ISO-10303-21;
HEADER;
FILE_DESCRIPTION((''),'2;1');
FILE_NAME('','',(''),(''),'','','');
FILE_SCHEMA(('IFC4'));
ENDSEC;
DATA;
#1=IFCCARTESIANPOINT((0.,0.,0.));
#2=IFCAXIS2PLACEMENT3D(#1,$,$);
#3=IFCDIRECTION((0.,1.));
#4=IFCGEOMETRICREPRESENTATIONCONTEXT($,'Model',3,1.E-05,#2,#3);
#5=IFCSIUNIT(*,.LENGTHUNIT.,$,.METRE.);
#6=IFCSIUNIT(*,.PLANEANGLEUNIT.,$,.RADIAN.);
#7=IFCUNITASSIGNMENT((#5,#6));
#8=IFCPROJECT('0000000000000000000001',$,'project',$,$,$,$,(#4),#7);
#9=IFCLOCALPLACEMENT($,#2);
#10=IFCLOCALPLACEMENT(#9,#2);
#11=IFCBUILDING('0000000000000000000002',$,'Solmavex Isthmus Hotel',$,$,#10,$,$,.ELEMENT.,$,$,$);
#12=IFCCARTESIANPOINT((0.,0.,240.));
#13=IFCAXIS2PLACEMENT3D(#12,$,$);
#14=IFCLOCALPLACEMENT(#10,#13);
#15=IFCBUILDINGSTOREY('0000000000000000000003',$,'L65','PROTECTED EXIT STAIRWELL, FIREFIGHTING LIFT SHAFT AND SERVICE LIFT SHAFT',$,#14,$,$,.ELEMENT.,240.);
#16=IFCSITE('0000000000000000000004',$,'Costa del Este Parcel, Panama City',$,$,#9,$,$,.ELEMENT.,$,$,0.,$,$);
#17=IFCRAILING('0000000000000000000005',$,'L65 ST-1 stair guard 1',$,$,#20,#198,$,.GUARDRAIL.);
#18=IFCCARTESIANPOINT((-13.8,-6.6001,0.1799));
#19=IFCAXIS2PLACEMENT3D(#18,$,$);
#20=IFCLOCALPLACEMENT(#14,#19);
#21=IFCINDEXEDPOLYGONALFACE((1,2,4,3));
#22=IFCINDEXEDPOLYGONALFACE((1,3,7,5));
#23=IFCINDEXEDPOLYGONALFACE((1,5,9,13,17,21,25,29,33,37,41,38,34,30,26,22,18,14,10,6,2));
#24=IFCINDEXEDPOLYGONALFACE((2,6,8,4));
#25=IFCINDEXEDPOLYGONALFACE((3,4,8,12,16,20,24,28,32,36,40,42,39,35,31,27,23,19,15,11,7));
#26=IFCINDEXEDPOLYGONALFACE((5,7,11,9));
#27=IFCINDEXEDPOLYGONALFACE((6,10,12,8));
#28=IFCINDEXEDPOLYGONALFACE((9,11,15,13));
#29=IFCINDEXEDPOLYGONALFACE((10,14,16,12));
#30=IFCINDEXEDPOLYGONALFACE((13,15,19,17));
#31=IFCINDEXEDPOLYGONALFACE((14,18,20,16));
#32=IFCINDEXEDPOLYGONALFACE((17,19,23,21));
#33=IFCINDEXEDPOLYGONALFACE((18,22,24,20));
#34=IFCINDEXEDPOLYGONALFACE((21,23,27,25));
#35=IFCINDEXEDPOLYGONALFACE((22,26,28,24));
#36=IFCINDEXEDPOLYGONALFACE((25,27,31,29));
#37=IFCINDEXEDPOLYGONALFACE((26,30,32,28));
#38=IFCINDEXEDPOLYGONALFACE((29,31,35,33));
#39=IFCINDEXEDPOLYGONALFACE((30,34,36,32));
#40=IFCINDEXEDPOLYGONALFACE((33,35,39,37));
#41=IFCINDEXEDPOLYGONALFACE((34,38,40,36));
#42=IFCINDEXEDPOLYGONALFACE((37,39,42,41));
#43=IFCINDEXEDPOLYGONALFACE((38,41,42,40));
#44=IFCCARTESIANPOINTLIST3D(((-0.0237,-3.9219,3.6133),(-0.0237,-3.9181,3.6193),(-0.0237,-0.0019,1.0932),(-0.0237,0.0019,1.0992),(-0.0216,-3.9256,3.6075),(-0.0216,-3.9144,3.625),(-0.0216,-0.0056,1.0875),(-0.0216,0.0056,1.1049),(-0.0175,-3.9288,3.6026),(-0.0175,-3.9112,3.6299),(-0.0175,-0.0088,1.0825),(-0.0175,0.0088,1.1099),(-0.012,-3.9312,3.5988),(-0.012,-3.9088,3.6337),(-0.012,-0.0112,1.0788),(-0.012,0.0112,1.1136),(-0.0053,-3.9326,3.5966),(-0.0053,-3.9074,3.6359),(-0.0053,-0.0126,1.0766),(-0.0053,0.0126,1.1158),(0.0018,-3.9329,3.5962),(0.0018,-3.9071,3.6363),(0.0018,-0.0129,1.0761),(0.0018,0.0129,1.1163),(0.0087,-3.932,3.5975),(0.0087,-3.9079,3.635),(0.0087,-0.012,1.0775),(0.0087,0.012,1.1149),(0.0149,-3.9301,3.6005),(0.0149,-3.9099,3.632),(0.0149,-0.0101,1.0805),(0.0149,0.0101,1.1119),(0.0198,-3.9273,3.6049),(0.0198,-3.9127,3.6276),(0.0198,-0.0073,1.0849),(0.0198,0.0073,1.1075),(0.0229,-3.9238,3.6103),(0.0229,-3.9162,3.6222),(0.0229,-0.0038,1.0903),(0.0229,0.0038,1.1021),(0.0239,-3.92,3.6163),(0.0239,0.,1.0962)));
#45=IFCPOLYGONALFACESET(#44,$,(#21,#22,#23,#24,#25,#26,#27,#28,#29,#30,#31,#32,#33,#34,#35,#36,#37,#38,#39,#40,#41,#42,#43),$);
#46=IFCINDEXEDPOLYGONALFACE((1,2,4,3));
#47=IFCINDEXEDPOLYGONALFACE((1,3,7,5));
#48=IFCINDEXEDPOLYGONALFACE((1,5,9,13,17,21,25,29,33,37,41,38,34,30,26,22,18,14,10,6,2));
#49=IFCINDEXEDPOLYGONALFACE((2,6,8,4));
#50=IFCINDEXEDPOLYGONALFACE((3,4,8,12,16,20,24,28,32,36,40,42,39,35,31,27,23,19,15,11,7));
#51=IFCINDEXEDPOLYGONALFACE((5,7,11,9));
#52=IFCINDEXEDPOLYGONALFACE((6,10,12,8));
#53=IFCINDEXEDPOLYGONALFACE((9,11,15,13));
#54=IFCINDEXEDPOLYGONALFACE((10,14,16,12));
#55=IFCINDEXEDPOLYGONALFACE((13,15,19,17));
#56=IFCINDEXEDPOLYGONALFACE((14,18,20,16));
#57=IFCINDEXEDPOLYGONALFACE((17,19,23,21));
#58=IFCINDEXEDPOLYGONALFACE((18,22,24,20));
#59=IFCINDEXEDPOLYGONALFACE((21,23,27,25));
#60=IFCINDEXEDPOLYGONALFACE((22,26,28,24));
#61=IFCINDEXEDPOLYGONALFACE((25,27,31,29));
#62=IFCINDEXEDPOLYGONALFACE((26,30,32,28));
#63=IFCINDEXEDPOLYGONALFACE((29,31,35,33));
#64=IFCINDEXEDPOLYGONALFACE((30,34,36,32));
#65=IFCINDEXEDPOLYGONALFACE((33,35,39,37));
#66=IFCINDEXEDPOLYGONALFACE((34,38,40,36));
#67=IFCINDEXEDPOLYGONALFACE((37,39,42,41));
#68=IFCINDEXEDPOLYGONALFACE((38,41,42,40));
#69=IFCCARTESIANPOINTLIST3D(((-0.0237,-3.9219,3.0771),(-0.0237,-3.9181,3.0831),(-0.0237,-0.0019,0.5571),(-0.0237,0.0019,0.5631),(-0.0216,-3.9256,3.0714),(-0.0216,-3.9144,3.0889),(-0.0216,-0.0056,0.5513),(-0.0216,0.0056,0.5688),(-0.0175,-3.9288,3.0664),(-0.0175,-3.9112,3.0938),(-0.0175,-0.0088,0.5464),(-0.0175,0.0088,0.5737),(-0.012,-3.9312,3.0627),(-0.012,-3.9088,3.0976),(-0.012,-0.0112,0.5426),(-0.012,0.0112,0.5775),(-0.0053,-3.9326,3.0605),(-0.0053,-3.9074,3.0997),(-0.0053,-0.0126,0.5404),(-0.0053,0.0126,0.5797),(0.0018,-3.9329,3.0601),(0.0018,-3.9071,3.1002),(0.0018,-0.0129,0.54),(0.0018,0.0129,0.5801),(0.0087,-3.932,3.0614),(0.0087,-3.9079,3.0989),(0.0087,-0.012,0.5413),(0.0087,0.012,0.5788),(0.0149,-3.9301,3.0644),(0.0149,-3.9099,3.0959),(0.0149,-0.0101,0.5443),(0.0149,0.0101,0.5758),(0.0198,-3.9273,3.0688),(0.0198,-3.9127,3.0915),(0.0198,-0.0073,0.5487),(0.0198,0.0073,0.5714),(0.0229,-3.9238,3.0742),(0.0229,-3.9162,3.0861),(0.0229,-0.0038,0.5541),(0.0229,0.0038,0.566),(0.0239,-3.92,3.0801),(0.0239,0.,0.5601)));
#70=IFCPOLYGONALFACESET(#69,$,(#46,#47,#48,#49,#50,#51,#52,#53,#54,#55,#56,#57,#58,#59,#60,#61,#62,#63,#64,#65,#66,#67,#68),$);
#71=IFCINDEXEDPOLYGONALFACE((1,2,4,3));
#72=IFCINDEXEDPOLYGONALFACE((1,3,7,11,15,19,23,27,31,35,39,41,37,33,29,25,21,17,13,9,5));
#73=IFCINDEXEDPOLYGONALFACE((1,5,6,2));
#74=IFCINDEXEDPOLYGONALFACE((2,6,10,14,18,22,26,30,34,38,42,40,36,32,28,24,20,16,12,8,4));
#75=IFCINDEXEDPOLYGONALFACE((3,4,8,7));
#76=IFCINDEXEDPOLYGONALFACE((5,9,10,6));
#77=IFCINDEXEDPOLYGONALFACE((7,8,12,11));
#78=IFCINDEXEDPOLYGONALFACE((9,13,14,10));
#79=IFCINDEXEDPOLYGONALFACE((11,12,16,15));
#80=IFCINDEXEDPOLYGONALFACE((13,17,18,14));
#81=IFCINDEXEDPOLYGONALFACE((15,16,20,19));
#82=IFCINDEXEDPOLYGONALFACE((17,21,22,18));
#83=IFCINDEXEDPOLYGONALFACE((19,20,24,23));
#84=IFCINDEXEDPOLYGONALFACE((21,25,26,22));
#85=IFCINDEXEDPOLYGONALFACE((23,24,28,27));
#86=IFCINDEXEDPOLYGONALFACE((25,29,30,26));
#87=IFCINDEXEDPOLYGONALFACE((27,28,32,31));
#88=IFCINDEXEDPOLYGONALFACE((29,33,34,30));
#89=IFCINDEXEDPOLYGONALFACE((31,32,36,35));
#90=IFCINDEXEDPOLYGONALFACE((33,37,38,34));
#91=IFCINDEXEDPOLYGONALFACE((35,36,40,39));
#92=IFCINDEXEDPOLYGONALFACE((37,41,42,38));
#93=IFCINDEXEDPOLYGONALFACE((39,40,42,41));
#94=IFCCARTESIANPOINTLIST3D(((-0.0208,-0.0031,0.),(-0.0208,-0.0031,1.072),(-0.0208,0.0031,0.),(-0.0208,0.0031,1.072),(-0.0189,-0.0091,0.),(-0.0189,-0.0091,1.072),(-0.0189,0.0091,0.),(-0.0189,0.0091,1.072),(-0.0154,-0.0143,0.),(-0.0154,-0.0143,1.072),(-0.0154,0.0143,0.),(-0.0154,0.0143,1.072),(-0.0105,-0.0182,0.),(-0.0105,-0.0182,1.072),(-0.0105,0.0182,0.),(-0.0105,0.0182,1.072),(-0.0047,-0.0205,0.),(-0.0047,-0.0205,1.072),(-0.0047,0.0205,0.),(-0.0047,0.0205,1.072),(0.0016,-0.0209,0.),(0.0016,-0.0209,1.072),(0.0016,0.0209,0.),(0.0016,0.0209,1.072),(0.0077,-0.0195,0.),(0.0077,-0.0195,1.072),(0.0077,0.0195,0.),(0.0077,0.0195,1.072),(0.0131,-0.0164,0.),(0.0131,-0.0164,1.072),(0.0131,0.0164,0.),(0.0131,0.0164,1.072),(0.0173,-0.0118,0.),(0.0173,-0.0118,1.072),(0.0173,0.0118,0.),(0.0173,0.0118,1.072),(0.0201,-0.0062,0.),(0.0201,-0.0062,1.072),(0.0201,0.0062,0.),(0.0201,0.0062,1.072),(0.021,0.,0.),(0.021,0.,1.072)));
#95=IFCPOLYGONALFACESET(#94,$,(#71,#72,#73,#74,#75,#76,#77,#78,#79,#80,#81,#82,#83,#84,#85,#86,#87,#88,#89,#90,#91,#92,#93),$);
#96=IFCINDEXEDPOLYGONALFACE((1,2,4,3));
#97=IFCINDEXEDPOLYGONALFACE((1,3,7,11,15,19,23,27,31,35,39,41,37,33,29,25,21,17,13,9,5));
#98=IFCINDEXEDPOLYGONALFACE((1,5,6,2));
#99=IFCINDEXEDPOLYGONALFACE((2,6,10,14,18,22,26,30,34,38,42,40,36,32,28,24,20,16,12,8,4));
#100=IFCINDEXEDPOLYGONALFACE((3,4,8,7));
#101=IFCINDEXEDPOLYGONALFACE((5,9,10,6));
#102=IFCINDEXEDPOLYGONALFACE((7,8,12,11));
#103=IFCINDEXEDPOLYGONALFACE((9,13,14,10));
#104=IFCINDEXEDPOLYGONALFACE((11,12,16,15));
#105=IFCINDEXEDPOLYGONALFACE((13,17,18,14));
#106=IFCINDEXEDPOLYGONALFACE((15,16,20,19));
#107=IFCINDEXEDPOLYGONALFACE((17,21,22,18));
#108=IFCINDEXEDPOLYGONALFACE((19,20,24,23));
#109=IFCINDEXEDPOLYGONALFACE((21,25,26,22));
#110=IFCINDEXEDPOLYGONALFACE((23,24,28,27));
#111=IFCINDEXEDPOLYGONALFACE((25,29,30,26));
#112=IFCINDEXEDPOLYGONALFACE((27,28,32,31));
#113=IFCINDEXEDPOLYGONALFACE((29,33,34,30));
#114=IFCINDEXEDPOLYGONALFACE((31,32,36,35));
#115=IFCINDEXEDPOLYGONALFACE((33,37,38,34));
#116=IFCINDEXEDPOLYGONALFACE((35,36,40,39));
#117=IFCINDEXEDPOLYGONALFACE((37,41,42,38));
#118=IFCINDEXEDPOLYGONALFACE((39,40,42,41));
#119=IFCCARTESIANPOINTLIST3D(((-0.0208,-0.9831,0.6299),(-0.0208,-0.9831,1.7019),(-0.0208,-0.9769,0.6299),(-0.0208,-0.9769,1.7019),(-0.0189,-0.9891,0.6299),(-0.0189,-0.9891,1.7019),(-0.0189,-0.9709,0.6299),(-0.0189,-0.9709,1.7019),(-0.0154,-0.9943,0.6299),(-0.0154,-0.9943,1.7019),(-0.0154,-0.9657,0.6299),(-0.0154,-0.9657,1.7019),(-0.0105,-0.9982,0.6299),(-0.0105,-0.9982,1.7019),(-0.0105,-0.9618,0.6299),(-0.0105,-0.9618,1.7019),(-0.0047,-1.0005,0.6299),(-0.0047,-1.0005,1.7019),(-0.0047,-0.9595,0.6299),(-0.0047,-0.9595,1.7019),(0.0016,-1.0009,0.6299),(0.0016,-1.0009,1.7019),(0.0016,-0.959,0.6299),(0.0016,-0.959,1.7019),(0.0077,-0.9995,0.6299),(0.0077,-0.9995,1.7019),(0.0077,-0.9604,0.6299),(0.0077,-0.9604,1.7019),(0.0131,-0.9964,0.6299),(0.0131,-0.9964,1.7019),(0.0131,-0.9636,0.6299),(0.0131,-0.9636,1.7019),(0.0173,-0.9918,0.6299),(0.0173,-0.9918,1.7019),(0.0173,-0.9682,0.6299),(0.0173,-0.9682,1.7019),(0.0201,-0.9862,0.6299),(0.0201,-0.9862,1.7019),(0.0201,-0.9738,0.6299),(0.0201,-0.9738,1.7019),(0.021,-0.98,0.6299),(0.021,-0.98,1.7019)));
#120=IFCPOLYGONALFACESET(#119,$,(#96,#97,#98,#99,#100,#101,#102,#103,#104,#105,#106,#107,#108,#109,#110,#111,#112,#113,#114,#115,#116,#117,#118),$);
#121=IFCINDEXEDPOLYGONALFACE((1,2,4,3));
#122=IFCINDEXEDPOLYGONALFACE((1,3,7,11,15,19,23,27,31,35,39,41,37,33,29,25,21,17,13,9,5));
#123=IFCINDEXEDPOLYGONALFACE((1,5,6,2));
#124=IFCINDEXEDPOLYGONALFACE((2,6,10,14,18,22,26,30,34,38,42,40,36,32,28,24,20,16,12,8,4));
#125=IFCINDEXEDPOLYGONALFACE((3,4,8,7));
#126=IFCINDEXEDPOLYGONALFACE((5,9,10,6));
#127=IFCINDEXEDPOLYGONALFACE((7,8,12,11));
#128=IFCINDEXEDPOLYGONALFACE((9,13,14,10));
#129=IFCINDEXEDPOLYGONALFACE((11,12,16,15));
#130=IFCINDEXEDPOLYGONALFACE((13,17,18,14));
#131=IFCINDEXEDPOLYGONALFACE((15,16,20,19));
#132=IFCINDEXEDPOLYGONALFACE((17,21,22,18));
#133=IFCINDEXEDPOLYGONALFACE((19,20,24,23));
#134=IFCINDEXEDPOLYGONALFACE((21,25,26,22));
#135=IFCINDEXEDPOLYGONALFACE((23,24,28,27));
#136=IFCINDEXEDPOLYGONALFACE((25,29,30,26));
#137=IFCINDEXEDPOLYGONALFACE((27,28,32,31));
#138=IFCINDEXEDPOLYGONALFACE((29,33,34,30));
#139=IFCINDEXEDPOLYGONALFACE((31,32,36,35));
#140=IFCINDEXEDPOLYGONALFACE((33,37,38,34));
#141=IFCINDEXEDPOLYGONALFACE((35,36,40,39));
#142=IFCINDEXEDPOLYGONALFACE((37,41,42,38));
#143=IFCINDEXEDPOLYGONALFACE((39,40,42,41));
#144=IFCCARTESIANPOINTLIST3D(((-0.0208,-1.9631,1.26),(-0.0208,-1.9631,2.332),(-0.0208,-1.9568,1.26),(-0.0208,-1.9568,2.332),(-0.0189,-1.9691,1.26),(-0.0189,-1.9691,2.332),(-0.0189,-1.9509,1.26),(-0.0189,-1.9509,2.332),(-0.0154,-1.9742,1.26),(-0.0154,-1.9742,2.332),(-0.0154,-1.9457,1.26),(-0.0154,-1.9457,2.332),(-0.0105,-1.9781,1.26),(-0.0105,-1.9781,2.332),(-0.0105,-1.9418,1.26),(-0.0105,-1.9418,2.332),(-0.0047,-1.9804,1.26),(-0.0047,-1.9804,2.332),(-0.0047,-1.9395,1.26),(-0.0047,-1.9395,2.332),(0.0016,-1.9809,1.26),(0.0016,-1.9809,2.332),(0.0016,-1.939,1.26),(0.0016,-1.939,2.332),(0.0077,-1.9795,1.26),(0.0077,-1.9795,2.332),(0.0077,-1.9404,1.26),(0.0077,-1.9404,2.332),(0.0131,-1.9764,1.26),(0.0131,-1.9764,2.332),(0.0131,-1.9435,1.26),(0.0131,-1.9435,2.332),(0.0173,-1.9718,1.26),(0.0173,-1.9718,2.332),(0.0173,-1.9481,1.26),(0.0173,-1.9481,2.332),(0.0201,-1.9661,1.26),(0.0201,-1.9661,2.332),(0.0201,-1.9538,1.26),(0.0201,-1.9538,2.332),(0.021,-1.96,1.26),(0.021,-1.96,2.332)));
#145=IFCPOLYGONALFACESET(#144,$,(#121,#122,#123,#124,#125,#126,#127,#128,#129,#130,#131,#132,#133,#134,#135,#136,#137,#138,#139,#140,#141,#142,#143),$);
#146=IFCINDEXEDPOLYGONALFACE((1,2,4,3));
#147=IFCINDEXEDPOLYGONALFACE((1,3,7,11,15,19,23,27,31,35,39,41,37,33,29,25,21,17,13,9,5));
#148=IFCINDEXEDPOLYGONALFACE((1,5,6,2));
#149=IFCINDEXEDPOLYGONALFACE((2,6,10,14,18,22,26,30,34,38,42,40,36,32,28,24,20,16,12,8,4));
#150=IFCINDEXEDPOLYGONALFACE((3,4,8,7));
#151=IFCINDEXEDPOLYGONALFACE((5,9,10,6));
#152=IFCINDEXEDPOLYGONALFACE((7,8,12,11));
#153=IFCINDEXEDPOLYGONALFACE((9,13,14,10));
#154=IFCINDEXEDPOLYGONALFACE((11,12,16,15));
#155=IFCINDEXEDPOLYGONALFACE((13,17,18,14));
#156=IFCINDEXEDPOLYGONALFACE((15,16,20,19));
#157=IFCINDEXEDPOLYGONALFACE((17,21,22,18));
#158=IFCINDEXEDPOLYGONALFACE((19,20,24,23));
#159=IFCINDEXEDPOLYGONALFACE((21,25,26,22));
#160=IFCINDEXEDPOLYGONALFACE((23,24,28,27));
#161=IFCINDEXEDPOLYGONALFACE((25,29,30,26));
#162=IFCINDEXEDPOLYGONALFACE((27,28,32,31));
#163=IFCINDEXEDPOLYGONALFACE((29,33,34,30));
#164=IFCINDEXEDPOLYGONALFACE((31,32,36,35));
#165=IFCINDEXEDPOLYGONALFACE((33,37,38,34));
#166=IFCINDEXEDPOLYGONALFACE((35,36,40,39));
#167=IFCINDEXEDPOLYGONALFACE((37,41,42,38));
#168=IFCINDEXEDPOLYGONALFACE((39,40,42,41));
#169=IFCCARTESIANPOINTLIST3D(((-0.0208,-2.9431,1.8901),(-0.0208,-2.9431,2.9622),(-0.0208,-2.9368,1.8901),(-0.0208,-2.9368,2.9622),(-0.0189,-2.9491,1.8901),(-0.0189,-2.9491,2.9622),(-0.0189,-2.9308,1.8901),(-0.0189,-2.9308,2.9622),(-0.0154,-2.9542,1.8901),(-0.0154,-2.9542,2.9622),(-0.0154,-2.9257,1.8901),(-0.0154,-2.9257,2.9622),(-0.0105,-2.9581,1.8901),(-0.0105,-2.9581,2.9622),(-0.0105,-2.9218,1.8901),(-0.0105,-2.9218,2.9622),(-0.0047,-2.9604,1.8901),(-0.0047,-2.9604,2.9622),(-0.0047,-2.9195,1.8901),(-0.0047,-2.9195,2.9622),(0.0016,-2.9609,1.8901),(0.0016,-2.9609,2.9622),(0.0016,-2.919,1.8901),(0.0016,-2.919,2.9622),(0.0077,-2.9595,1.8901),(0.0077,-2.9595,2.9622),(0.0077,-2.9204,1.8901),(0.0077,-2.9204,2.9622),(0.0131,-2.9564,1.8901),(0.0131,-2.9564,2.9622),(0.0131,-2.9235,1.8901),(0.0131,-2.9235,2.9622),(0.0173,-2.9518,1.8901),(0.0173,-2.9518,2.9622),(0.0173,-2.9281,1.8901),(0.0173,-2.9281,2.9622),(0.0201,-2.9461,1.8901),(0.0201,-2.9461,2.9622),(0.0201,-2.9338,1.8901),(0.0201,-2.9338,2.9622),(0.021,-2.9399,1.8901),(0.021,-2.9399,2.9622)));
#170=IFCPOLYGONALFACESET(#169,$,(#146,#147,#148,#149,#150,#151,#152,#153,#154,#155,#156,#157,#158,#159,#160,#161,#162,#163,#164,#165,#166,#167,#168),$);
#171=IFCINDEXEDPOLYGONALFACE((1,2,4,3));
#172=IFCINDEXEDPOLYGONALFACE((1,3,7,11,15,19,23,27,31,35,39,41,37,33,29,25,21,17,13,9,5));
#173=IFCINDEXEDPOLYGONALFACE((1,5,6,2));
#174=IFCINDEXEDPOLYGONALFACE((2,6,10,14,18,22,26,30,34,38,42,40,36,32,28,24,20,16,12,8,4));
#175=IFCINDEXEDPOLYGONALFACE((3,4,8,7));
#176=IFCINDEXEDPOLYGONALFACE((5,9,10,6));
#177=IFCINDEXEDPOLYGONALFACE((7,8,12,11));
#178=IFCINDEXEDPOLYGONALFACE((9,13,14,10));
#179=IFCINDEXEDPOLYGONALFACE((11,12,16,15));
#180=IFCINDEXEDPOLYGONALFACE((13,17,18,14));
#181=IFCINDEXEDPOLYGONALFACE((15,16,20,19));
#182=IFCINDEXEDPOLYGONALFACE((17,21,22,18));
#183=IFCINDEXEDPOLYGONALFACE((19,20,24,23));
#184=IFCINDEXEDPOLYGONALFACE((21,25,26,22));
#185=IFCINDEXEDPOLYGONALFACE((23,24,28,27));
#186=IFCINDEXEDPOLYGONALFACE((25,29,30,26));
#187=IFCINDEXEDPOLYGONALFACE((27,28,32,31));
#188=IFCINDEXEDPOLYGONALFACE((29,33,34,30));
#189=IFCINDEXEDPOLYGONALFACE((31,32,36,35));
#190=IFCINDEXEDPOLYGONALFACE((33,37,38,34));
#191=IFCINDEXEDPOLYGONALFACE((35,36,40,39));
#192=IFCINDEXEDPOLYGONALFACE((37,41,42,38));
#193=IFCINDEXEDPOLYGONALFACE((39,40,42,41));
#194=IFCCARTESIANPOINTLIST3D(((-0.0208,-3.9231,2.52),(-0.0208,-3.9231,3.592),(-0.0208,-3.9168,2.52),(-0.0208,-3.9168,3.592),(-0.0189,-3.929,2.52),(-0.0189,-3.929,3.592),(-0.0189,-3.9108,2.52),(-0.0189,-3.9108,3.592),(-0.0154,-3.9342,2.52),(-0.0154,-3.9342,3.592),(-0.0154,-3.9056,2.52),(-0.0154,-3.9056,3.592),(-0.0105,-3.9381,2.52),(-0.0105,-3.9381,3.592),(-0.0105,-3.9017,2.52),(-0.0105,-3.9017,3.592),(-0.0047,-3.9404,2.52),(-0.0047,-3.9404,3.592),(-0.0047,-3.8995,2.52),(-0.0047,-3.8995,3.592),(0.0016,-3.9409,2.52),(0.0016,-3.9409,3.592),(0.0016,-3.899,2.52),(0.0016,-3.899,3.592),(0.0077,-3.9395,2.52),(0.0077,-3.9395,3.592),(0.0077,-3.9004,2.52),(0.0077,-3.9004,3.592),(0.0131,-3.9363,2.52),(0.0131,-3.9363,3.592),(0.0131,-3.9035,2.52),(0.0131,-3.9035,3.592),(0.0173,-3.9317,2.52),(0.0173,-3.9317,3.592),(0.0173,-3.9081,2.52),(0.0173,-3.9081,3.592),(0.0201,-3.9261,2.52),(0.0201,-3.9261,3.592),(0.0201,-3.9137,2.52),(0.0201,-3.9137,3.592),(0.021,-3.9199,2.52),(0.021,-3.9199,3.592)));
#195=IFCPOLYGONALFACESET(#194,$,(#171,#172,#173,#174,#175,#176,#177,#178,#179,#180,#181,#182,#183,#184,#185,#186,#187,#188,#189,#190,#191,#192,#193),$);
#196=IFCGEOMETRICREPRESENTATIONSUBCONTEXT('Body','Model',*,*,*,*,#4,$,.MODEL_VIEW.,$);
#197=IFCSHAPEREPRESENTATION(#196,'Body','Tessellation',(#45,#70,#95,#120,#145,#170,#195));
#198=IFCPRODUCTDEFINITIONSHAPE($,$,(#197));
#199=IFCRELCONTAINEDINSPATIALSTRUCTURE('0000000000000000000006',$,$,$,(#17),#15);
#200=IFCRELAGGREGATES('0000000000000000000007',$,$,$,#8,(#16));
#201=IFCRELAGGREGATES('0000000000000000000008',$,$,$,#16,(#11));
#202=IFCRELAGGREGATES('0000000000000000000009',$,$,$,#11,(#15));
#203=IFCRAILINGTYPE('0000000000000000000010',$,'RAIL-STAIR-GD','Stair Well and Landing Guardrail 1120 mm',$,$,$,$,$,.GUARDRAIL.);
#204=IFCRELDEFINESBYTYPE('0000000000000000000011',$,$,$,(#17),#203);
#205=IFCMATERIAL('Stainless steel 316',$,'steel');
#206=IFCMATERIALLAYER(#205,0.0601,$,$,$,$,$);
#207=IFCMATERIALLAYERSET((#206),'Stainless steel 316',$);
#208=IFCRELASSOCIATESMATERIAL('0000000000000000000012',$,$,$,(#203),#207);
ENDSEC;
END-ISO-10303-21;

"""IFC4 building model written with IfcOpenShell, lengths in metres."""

from ifc_helpers import new_model, si_unit, direction, frame, origin, origin_2d, place, context, subcontext, project, spatial, circle, extrude, material, layer, layer_set, type_object, element, save


model = new_model("IFC4")

# Units and contexts
model_context = context("Model", 3, precision=1e-05, world=origin(), true_north=direction((0.0, 1.0)))
body_context = subcontext(model_context, "Body", "Model", "MODEL_VIEW")
ifc_project = project(units=[si_unit("LENGTHUNIT", "METRE"), si_unit("PLANEANGLEUNIT", "RADIAN")], contexts=[model_context])

# Site, building, storey
site_placement = place(None, origin())
site = spatial("IfcSite", under=ifc_project, at=site_placement, Name="Costa del Este Parcel, Panama City", CompositionType="ELEMENT", RefElevation=0.0)
building_placement = place(site_placement, origin())
building = spatial("IfcBuilding", under=site, at=building_placement, Name="Solmavex Isthmus Hotel", CompositionType="ELEMENT")
storey_placement = place(building_placement, frame((0.0, 0.0, 240.0)))
storey = spatial("IfcBuildingStorey", under=building, at=storey_placement, Name="L65", Description="PROTECTED EXIT STAIRWELL, FIREFIGHTING LIFT SHAFT AND SERVICE LIFT SHAFT", CompositionType="ELEMENT", Elevation=240.0)

# Railing
ifc_material_1 = material(Name="Stainless steel 316", Category="steel")
ifc_layer_1 = layer(ifc_material_1, 0.0601)
ifc_layer_set_1 = layer_set([ifc_layer_1], Name="Stainless steel 316")
railing_type_1 = type_object("IfcRailingType", Name="RAIL-STAIR-GD", Description="Stair Well and Landing Guardrail 1120 mm", PredefinedType="GUARDRAIL", material=ifc_layer_set_1)
railing_1_placement = place(storey_placement, frame((-13.8, -6.6001, 0.1799)))
element("IfcRailing", 1, at=railing_1_placement, inside=storey, type_object=railing_type_1, Name="L65 ST-1 stair guard 1", PredefinedType="GUARDRAIL", context=body_context, shape_type="SweptSolid", body=[
    extrude(circle(Radius=0.0239, at=origin_2d()), frame((0.0, 0.0, 1.0962), z_axis=(0.0, -0.841172, 0.540768), x_axis=(1.0, 0.0, 0.0)), (0.0, 0.0, 1.0), 4.6602),
    extrude(circle(Radius=0.0239, at=origin_2d()), frame((0.0, 0.0, 0.5601), z_axis=(0.0, -0.841172, 0.540768), x_axis=(1.0, 0.0, 0.0)), (0.0, 0.0, 1.0), 4.6602),
    extrude(circle(Radius=0.021, at=origin_2d()), origin(), (0.0, 0.0, 1.0), 1.072),
    extrude(circle(Radius=0.021, at=origin_2d()), frame((0.0, -0.98, 0.6299)), (0.0, 0.0, 1.0), 1.072),
    extrude(circle(Radius=0.021, at=origin_2d()), frame((0.0, -1.96, 1.26)), (0.0, 0.0, 1.0), 1.072),
    extrude(circle(Radius=0.021, at=origin_2d()), frame((0.0, -2.9399, 1.8901)), (0.0, 0.0, 1.0), 1.072),
    extrude(circle(Radius=0.021, at=origin_2d()), frame((0.0, -3.9199, 2.52)), (0.0, 0.0, 1.0), 1.072),
])

save(model, "model.ifc")
